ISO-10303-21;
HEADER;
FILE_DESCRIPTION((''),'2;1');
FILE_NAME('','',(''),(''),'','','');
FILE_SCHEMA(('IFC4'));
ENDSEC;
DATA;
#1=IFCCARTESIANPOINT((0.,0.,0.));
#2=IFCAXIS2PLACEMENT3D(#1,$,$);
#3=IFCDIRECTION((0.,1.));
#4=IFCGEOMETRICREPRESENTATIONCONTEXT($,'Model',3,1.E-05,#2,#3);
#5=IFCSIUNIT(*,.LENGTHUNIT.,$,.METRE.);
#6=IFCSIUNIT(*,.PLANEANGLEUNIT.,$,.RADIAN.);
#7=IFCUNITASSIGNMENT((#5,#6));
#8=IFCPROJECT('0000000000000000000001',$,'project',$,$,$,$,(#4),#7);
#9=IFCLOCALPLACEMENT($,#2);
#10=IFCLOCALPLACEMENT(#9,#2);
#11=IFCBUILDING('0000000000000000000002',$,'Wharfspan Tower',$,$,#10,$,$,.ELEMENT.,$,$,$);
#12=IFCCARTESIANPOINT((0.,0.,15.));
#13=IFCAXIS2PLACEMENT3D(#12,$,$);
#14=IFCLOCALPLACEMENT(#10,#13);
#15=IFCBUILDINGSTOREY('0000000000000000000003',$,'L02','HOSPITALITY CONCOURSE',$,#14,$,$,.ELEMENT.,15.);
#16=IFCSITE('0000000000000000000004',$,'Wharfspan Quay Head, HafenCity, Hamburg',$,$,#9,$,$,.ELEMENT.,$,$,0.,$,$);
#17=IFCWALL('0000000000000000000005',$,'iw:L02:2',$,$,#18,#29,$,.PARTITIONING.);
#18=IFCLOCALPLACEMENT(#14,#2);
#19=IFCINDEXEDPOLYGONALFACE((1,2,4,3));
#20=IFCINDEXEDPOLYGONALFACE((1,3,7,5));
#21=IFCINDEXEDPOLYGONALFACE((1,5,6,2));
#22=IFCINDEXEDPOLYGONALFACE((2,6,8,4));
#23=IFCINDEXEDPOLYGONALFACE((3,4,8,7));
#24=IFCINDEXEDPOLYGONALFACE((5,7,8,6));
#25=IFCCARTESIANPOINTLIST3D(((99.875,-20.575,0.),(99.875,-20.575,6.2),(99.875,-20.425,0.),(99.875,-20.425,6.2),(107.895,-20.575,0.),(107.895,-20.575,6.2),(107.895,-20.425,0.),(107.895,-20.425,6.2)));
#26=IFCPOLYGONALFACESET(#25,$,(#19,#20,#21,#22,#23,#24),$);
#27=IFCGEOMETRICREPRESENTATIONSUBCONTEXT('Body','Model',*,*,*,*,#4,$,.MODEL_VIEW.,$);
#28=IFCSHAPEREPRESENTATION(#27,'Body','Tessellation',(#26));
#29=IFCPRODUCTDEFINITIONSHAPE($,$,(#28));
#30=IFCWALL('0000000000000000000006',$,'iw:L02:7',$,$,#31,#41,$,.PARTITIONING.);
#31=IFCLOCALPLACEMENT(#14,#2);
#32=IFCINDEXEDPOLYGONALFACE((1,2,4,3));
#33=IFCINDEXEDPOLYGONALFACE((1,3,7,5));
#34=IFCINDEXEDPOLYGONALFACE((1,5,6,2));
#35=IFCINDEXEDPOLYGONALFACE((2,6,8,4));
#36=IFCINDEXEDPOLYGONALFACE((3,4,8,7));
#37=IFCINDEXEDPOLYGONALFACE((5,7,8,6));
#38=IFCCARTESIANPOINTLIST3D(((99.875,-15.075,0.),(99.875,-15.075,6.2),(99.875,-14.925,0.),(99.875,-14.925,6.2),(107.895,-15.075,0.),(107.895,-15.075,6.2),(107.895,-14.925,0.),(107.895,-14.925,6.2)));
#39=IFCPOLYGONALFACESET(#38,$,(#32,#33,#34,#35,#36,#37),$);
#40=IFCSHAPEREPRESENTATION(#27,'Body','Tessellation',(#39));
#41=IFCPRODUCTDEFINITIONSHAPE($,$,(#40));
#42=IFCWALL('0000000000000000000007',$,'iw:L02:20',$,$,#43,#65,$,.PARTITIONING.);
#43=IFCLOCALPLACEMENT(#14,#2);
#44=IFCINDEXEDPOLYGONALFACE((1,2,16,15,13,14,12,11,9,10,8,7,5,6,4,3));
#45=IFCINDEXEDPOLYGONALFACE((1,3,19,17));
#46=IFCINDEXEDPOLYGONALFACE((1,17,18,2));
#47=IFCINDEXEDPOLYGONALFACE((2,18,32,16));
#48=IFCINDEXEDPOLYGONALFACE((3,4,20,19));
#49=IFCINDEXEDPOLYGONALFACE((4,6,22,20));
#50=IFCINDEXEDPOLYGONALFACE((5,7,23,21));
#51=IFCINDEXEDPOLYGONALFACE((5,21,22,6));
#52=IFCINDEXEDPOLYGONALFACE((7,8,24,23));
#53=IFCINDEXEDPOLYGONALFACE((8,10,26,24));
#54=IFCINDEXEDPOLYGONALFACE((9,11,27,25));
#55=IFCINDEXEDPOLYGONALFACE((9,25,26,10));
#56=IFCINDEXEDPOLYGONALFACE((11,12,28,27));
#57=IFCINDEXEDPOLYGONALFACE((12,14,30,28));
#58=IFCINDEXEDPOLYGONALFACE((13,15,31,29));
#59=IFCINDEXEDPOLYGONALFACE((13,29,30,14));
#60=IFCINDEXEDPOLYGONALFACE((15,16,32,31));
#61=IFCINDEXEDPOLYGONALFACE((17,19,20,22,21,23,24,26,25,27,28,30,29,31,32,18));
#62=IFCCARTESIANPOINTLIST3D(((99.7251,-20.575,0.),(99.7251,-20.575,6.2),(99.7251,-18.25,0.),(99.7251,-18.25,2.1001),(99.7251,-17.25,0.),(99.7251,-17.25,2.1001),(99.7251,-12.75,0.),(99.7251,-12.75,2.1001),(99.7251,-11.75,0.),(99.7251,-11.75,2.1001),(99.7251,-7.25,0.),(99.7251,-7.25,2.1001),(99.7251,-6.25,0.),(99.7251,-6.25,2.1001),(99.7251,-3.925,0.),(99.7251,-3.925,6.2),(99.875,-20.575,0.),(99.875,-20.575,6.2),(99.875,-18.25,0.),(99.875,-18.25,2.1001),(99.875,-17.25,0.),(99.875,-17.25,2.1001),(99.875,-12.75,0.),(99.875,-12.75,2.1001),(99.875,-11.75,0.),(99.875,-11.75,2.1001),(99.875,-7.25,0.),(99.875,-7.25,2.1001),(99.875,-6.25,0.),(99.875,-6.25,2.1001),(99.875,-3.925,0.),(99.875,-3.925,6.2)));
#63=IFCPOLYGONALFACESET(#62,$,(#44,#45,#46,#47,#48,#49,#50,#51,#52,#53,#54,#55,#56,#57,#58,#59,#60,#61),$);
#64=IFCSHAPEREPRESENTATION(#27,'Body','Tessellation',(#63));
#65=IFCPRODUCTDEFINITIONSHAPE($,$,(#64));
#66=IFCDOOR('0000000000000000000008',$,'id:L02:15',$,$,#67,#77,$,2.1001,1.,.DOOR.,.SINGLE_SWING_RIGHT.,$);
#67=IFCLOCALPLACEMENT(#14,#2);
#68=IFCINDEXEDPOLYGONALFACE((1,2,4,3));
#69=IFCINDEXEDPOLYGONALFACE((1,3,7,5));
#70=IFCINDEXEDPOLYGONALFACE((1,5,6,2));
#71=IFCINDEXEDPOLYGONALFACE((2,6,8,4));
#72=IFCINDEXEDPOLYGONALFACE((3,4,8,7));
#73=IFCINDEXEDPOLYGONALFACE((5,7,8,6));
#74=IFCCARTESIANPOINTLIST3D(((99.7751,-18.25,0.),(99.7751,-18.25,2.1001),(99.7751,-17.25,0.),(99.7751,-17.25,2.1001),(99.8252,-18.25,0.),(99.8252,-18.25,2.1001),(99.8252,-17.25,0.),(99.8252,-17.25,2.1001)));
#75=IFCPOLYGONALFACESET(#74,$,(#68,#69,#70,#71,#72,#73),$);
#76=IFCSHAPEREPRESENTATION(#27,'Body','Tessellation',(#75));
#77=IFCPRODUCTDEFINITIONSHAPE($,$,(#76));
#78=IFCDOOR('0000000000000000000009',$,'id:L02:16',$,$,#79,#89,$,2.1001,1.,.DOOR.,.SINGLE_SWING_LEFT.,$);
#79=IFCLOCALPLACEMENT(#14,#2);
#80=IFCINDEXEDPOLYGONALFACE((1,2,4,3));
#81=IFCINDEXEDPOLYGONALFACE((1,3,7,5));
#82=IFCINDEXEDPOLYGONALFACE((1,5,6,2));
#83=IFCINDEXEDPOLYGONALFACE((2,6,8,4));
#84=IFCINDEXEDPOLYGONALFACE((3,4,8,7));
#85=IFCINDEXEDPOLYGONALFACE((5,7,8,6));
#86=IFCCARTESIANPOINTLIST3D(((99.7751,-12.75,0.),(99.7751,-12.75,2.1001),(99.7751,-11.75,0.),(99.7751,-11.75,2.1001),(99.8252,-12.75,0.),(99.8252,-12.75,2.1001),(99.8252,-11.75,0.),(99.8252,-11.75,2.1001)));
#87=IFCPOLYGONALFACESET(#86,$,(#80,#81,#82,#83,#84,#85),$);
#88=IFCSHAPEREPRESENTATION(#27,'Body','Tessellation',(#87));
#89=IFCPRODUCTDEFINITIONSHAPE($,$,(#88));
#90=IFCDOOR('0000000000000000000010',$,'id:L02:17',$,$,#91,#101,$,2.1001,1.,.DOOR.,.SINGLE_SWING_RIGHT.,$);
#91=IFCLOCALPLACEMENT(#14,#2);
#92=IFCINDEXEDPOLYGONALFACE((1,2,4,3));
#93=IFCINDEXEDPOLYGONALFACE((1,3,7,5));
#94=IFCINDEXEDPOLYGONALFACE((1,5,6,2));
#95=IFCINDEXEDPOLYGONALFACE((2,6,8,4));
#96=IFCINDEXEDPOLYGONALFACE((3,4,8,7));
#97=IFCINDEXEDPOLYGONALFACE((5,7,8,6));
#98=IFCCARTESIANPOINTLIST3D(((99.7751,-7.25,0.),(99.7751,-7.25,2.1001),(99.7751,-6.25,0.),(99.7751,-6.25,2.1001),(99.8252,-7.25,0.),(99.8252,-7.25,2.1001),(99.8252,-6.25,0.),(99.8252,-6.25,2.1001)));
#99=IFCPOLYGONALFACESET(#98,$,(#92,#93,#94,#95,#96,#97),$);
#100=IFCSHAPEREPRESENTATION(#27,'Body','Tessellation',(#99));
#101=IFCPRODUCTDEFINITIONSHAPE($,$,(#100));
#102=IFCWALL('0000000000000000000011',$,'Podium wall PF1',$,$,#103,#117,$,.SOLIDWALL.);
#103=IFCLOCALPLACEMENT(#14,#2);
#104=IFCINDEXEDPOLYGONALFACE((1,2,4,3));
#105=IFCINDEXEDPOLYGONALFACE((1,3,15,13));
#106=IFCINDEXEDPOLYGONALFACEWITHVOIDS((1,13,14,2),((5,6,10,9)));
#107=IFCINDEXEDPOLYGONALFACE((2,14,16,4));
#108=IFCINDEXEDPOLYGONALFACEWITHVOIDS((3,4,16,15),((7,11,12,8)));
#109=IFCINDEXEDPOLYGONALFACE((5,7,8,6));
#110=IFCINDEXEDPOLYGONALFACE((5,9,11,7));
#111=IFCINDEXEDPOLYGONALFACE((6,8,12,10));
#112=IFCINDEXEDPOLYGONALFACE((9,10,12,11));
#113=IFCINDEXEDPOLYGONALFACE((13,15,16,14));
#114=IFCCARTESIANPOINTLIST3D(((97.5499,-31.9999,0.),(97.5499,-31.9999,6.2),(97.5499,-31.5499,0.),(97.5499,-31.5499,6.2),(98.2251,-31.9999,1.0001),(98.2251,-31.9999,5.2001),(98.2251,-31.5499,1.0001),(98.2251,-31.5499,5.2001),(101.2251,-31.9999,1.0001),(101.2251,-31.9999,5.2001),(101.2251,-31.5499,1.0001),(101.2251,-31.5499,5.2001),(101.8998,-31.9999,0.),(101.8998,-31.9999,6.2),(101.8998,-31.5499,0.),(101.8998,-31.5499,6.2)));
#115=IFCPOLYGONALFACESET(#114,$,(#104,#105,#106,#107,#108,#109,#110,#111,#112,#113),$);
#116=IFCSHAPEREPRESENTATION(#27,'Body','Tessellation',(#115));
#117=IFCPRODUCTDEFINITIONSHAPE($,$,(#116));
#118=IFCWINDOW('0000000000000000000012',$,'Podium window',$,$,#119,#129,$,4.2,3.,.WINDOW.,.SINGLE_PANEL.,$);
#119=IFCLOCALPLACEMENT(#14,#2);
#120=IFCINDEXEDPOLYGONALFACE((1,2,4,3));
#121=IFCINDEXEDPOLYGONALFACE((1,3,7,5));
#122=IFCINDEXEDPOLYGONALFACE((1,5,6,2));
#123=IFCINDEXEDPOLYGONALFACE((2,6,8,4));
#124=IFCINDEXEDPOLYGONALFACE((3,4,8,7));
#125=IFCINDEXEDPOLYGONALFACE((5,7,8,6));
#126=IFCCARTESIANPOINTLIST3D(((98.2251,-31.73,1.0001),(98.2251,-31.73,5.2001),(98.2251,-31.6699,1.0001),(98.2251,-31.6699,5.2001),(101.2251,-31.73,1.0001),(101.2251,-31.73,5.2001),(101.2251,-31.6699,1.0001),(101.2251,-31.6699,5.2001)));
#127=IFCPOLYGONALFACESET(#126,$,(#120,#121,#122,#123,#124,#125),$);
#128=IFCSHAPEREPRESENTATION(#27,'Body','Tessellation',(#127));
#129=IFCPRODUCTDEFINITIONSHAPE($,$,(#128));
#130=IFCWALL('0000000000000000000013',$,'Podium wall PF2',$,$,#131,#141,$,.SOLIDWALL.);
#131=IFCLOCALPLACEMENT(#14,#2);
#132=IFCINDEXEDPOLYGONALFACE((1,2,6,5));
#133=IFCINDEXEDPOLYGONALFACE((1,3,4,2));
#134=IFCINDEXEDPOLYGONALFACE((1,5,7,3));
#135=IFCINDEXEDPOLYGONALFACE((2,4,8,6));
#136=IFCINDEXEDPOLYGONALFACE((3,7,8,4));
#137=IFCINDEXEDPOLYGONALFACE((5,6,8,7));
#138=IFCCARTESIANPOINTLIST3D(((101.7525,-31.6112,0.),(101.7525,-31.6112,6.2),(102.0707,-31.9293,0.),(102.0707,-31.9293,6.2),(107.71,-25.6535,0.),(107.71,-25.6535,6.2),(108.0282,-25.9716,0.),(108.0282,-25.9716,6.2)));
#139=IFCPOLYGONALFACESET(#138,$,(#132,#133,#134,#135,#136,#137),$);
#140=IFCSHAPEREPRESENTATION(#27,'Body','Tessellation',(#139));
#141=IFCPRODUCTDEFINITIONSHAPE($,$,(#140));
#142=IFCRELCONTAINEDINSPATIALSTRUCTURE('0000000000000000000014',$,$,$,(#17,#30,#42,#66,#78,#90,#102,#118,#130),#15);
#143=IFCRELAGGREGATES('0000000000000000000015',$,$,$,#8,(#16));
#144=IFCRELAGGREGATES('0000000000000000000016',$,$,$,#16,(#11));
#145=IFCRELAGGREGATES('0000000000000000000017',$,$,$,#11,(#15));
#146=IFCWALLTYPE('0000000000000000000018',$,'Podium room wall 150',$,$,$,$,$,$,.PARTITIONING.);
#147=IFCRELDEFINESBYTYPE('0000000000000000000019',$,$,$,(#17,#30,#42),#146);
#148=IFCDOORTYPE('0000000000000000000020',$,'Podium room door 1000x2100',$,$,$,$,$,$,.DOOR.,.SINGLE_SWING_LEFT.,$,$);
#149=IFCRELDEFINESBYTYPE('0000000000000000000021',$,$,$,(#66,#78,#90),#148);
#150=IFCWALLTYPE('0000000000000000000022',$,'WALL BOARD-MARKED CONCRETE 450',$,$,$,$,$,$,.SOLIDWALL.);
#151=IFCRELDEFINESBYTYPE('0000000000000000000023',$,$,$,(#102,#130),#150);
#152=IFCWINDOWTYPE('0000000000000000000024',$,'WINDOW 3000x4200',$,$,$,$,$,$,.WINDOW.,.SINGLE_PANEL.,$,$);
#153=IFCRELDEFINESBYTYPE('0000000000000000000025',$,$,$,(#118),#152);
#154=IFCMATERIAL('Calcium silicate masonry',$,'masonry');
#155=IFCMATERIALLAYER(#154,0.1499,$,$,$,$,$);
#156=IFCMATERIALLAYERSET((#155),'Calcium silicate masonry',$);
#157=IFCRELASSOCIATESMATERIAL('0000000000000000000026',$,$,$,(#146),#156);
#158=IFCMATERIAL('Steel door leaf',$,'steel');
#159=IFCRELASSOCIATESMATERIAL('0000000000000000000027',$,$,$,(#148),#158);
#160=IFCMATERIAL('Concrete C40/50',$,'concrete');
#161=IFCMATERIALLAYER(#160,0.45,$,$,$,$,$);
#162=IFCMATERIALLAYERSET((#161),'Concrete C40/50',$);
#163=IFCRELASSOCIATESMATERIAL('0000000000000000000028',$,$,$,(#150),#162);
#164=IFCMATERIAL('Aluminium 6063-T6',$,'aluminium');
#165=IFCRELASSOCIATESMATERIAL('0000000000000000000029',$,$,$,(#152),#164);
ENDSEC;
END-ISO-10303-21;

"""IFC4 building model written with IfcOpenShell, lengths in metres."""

from ifc_helpers import new_model, si_unit, direction, frame, frame_2d, origin, place, context, subcontext, project, spatial, rectangle, extrude, material, layer, layer_set, type_object, element, fill, save


model = new_model("IFC4")

# Units and contexts
model_context = context("Model", 3, precision=1e-05, world=origin(), true_north=direction((0.0, 1.0)))
body_context = subcontext(model_context, "Body", "Model", "MODEL_VIEW")
ifc_project = project(units=[si_unit("LENGTHUNIT", "METRE"), si_unit("PLANEANGLEUNIT", "RADIAN")], contexts=[model_context])

# Site, building, storey
site_placement = place(None, origin())
site = spatial("IfcSite", under=ifc_project, at=site_placement, Name="Wharfspan Quay Head, HafenCity, Hamburg", CompositionType="ELEMENT", RefElevation=0.0)
building_placement = place(site_placement, origin())
building = spatial("IfcBuilding", under=site, at=building_placement, Name="Wharfspan Tower", CompositionType="ELEMENT")
storey_placement = place(building_placement, frame((0.0, 0.0, 15.0)))
storey = spatial("IfcBuildingStorey", under=building, at=storey_placement, Name="L02", Description="HOSPITALITY CONCOURSE", CompositionType="ELEMENT", Elevation=15.0)

# Shared definitions
ifc_material_1 = material(Name="Aluminium 6063-T6", Category="aluminium")

# Walls
ifc_material_2 = material(Name="Calcium silicate masonry", Category="masonry")
ifc_layer_1 = layer(ifc_material_2, 0.1499)
ifc_layer_set_1 = layer_set([ifc_layer_1], Name="Calcium silicate masonry")
wall_type_1 = type_object("IfcWallType", Name="Podium room wall 150", PredefinedType="PARTITIONING", material=ifc_layer_set_1)
for number, where, z_axis, x_axis, name in (
    (1, (99.875, -20.5, 0.0), (0.0, 0.0, 1.0), (1.0, 0.0, 0.0), "iw:L02:2"),
    (2, (99.875, -15.0, 0.0), (0.0, 0.0, 1.0), (1.0, 0.0, 0.0), "iw:L02:7"),
):
    element("IfcWall", number, at=place(storey_placement, frame(where, z_axis=z_axis, x_axis=x_axis)), inside=storey, type_object=wall_type_1, Name=name, PredefinedType="PARTITIONING", context=body_context, shape_type="SweptSolid", body=[
        extrude(rectangle(XDim=8.02, YDim=0.1499, at=frame_2d((4.01, 0.0))), origin(), (0.0, 0.0, 1.0), 6.2),
    ])

# Wall, openings, doors
wall_1_placement = place(storey_placement, frame((99.8, -20.575, 0.0), z_axis=(0.0, 0.0, 1.0), x_axis=(0.0, 1.0, 0.0)))
wall_1 = element("IfcWall", 3, at=wall_1_placement, inside=storey, type_object=wall_type_1, Name="iw:L02:20", PredefinedType="PARTITIONING", context=body_context, shape_type="SweptSolid", body=[
    extrude(rectangle(XDim=16.6499, YDim=0.1499, at=frame_2d((8.325, 0.0))), origin(), (0.0, 0.0, 1.0), 6.2),
])
opening_1_placement = place(wall_1_placement, frame((2.325, 0.0, 0.0)))
opening_1 = element("IfcOpeningElement", 4, at=opening_1_placement, cuts=wall_1, PredefinedType="OPENING", context=body_context, shape_type="SweptSolid", body=[
    extrude(rectangle(XDim=1.0, YDim=2.1001, at=frame_2d((0.5, 1.05))), frame((0.0, 0.085, 0.0), z_axis=(0.0, -1.0, 0.0), x_axis=(1.0, 0.0, 0.0)), (0.0, 0.0, 1.0), 0.1699),
])
opening_2_placement = place(wall_1_placement, frame((7.825, 0.0, 0.0)))
opening_2 = element("IfcOpeningElement", 5, at=opening_2_placement, cuts=wall_1, PredefinedType="OPENING", context=body_context, shape_type="SweptSolid", body=[
    extrude(rectangle(XDim=1.0, YDim=2.1001, at=frame_2d((0.5, 1.05))), frame((0.0, 0.085, 0.0), z_axis=(0.0, -1.0, 0.0), x_axis=(1.0, 0.0, 0.0)), (0.0, 0.0, 1.0), 0.1699),
])
opening_3_placement = place(wall_1_placement, frame((13.325, 0.0, 0.0)))
opening_3 = element("IfcOpeningElement", 6, at=opening_3_placement, cuts=wall_1, PredefinedType="OPENING", context=body_context, shape_type="SweptSolid", body=[
    extrude(rectangle(XDim=1.0, YDim=2.1001, at=frame_2d((0.5, 1.05))), frame((0.0, 0.085, 0.0), z_axis=(0.0, -1.0, 0.0), x_axis=(1.0, 0.0, 0.0)), (0.0, 0.0, 1.0), 0.1699),
])
ifc_material_3 = material(Name="Steel door leaf", Category="steel")
door_type = type_object("IfcDoorType", Name="Podium room door 1000x2100", OperationType="SINGLE_SWING_LEFT", PredefinedType="DOOR", material=ifc_material_3)
door_1_placement = place(opening_1_placement, origin())
door_1 = element("IfcDoor", 7, at=door_1_placement, inside=storey, type_object=door_type, Name="id:L02:15", OperationType="SINGLE_SWING_RIGHT", OverallHeight=2.1001, OverallWidth=1.0, PredefinedType="DOOR", context=body_context, shape_type="SweptSolid", body=[
    extrude(rectangle(XDim=1.0, YDim=2.1001, at=frame_2d((0.5, 1.05))), frame((0.0, 0.0249, 0.0), z_axis=(0.0, -1.0, 0.0), x_axis=(1.0, 0.0, 0.0)), (0.0, 0.0, 1.0), 0.05),
])
fill(opening_1, door_1)
door_2_placement = place(opening_2_placement, origin())
door_2 = element("IfcDoor", 8, at=door_2_placement, inside=storey, type_object=door_type, Name="id:L02:16", OperationType="SINGLE_SWING_LEFT", OverallHeight=2.1001, OverallWidth=1.0, PredefinedType="DOOR", context=body_context, shape_type="SweptSolid", body=[
    extrude(rectangle(XDim=1.0, YDim=2.1001, at=frame_2d((0.5, 1.05))), frame((0.0, 0.0249, 0.0), z_axis=(0.0, -1.0, 0.0), x_axis=(1.0, 0.0, 0.0)), (0.0, 0.0, 1.0), 0.05),
])
fill(opening_2, door_2)
door_3_placement = place(opening_3_placement, origin())
door_3 = element("IfcDoor", 9, at=door_3_placement, inside=storey, type_object=door_type, Name="id:L02:17", OperationType="SINGLE_SWING_RIGHT", OverallHeight=2.1001, OverallWidth=1.0, PredefinedType="DOOR", context=body_context, shape_type="SweptSolid", body=[
    extrude(rectangle(XDim=1.0, YDim=2.1001, at=frame_2d((0.5, 1.05))), frame((0.0, 0.0249, 0.0), z_axis=(0.0, -1.0, 0.0), x_axis=(1.0, 0.0, 0.0)), (0.0, 0.0, 1.0), 0.05),
])
fill(opening_3, door_3)

# Wall, opening, window
ifc_material_4 = material(Name="Concrete C40/50", Category="concrete")
ifc_layer_2 = layer(ifc_material_4, 0.45)
ifc_layer_set_2 = layer_set([ifc_layer_2], Name="Concrete C40/50")
wall_type_2 = type_object("IfcWallType", Name="WALL BOARD-MARKED CONCRETE 450", PredefinedType="SOLIDWALL", material=ifc_layer_set_2)
wall_2_placement = place(storey_placement, frame((97.55, -31.7749, 0.0), z_axis=(0.0, 0.0, 1.0), x_axis=(1.0, 0.0, 0.0)))
wall_2 = element("IfcWall", 10, at=wall_2_placement, inside=storey, type_object=wall_type_2, Name="Podium wall PF1", PredefinedType="SOLIDWALL", context=body_context, shape_type="SweptSolid", body=[
    extrude(rectangle(XDim=4.3499, YDim=0.45, at=frame_2d((2.1748, 0.0))), origin(), (0.0, 0.0, 1.0), 6.2),
])
opening_4_placement = place(wall_2_placement, frame((0.675, 0.0, 1.0)))
opening_4 = element("IfcOpeningElement", 11, at=opening_4_placement, cuts=wall_2, PredefinedType="OPENING", context=body_context, shape_type="SweptSolid", body=[
    extrude(rectangle(XDim=3.0, YDim=4.2, at=frame_2d((1.5, 2.1001))), frame((0.0, 0.2349, 0.0), z_axis=(0.0, -1.0, 0.0), x_axis=(1.0, 0.0, 0.0)), (0.0, 0.0, 1.0), 0.47),
])
window_type = type_object("IfcWindowType", Name="WINDOW 3000x4200", PartitioningType="SINGLE_PANEL", PredefinedType="WINDOW", material=ifc_material_1)
window_placement = place(opening_4_placement, origin())
window = element("IfcWindow", 12, at=window_placement, inside=storey, type_object=window_type, Name="Podium window", OverallHeight=4.2, OverallWidth=3.0, PartitioningType="SINGLE_PANEL", PredefinedType="WINDOW", context=body_context, shape_type="SweptSolid", body=[
    extrude(rectangle(XDim=3.0, YDim=4.2, at=frame_2d((1.5, 2.1001))), frame((0.0, 0.105, 0.0), z_axis=(0.0, -1.0, 0.0), x_axis=(1.0, 0.0, 0.0)), (0.0, 0.0, 1.0), 0.0601),
])
fill(opening_4, window)

# Wall
wall_3_placement = place(storey_placement, frame((101.9116, -31.7703, 0.0), z_axis=(0.0, 0.0, 1.0), x_axis=(0.707092, 0.707121, 0.0)))
element("IfcWall", 13, at=wall_3_placement, inside=storey, type_object=wall_type_2, Name="Podium wall PF2", PredefinedType="SOLIDWALL", context=body_context, shape_type="SweptSolid", body=[
    extrude(rectangle(XDim=8.4253, YDim=0.45, at=frame_2d((4.2126, 0.0))), origin(), (0.0, 0.0, 1.0), 6.2),
])

save(model, "model.ifc")
